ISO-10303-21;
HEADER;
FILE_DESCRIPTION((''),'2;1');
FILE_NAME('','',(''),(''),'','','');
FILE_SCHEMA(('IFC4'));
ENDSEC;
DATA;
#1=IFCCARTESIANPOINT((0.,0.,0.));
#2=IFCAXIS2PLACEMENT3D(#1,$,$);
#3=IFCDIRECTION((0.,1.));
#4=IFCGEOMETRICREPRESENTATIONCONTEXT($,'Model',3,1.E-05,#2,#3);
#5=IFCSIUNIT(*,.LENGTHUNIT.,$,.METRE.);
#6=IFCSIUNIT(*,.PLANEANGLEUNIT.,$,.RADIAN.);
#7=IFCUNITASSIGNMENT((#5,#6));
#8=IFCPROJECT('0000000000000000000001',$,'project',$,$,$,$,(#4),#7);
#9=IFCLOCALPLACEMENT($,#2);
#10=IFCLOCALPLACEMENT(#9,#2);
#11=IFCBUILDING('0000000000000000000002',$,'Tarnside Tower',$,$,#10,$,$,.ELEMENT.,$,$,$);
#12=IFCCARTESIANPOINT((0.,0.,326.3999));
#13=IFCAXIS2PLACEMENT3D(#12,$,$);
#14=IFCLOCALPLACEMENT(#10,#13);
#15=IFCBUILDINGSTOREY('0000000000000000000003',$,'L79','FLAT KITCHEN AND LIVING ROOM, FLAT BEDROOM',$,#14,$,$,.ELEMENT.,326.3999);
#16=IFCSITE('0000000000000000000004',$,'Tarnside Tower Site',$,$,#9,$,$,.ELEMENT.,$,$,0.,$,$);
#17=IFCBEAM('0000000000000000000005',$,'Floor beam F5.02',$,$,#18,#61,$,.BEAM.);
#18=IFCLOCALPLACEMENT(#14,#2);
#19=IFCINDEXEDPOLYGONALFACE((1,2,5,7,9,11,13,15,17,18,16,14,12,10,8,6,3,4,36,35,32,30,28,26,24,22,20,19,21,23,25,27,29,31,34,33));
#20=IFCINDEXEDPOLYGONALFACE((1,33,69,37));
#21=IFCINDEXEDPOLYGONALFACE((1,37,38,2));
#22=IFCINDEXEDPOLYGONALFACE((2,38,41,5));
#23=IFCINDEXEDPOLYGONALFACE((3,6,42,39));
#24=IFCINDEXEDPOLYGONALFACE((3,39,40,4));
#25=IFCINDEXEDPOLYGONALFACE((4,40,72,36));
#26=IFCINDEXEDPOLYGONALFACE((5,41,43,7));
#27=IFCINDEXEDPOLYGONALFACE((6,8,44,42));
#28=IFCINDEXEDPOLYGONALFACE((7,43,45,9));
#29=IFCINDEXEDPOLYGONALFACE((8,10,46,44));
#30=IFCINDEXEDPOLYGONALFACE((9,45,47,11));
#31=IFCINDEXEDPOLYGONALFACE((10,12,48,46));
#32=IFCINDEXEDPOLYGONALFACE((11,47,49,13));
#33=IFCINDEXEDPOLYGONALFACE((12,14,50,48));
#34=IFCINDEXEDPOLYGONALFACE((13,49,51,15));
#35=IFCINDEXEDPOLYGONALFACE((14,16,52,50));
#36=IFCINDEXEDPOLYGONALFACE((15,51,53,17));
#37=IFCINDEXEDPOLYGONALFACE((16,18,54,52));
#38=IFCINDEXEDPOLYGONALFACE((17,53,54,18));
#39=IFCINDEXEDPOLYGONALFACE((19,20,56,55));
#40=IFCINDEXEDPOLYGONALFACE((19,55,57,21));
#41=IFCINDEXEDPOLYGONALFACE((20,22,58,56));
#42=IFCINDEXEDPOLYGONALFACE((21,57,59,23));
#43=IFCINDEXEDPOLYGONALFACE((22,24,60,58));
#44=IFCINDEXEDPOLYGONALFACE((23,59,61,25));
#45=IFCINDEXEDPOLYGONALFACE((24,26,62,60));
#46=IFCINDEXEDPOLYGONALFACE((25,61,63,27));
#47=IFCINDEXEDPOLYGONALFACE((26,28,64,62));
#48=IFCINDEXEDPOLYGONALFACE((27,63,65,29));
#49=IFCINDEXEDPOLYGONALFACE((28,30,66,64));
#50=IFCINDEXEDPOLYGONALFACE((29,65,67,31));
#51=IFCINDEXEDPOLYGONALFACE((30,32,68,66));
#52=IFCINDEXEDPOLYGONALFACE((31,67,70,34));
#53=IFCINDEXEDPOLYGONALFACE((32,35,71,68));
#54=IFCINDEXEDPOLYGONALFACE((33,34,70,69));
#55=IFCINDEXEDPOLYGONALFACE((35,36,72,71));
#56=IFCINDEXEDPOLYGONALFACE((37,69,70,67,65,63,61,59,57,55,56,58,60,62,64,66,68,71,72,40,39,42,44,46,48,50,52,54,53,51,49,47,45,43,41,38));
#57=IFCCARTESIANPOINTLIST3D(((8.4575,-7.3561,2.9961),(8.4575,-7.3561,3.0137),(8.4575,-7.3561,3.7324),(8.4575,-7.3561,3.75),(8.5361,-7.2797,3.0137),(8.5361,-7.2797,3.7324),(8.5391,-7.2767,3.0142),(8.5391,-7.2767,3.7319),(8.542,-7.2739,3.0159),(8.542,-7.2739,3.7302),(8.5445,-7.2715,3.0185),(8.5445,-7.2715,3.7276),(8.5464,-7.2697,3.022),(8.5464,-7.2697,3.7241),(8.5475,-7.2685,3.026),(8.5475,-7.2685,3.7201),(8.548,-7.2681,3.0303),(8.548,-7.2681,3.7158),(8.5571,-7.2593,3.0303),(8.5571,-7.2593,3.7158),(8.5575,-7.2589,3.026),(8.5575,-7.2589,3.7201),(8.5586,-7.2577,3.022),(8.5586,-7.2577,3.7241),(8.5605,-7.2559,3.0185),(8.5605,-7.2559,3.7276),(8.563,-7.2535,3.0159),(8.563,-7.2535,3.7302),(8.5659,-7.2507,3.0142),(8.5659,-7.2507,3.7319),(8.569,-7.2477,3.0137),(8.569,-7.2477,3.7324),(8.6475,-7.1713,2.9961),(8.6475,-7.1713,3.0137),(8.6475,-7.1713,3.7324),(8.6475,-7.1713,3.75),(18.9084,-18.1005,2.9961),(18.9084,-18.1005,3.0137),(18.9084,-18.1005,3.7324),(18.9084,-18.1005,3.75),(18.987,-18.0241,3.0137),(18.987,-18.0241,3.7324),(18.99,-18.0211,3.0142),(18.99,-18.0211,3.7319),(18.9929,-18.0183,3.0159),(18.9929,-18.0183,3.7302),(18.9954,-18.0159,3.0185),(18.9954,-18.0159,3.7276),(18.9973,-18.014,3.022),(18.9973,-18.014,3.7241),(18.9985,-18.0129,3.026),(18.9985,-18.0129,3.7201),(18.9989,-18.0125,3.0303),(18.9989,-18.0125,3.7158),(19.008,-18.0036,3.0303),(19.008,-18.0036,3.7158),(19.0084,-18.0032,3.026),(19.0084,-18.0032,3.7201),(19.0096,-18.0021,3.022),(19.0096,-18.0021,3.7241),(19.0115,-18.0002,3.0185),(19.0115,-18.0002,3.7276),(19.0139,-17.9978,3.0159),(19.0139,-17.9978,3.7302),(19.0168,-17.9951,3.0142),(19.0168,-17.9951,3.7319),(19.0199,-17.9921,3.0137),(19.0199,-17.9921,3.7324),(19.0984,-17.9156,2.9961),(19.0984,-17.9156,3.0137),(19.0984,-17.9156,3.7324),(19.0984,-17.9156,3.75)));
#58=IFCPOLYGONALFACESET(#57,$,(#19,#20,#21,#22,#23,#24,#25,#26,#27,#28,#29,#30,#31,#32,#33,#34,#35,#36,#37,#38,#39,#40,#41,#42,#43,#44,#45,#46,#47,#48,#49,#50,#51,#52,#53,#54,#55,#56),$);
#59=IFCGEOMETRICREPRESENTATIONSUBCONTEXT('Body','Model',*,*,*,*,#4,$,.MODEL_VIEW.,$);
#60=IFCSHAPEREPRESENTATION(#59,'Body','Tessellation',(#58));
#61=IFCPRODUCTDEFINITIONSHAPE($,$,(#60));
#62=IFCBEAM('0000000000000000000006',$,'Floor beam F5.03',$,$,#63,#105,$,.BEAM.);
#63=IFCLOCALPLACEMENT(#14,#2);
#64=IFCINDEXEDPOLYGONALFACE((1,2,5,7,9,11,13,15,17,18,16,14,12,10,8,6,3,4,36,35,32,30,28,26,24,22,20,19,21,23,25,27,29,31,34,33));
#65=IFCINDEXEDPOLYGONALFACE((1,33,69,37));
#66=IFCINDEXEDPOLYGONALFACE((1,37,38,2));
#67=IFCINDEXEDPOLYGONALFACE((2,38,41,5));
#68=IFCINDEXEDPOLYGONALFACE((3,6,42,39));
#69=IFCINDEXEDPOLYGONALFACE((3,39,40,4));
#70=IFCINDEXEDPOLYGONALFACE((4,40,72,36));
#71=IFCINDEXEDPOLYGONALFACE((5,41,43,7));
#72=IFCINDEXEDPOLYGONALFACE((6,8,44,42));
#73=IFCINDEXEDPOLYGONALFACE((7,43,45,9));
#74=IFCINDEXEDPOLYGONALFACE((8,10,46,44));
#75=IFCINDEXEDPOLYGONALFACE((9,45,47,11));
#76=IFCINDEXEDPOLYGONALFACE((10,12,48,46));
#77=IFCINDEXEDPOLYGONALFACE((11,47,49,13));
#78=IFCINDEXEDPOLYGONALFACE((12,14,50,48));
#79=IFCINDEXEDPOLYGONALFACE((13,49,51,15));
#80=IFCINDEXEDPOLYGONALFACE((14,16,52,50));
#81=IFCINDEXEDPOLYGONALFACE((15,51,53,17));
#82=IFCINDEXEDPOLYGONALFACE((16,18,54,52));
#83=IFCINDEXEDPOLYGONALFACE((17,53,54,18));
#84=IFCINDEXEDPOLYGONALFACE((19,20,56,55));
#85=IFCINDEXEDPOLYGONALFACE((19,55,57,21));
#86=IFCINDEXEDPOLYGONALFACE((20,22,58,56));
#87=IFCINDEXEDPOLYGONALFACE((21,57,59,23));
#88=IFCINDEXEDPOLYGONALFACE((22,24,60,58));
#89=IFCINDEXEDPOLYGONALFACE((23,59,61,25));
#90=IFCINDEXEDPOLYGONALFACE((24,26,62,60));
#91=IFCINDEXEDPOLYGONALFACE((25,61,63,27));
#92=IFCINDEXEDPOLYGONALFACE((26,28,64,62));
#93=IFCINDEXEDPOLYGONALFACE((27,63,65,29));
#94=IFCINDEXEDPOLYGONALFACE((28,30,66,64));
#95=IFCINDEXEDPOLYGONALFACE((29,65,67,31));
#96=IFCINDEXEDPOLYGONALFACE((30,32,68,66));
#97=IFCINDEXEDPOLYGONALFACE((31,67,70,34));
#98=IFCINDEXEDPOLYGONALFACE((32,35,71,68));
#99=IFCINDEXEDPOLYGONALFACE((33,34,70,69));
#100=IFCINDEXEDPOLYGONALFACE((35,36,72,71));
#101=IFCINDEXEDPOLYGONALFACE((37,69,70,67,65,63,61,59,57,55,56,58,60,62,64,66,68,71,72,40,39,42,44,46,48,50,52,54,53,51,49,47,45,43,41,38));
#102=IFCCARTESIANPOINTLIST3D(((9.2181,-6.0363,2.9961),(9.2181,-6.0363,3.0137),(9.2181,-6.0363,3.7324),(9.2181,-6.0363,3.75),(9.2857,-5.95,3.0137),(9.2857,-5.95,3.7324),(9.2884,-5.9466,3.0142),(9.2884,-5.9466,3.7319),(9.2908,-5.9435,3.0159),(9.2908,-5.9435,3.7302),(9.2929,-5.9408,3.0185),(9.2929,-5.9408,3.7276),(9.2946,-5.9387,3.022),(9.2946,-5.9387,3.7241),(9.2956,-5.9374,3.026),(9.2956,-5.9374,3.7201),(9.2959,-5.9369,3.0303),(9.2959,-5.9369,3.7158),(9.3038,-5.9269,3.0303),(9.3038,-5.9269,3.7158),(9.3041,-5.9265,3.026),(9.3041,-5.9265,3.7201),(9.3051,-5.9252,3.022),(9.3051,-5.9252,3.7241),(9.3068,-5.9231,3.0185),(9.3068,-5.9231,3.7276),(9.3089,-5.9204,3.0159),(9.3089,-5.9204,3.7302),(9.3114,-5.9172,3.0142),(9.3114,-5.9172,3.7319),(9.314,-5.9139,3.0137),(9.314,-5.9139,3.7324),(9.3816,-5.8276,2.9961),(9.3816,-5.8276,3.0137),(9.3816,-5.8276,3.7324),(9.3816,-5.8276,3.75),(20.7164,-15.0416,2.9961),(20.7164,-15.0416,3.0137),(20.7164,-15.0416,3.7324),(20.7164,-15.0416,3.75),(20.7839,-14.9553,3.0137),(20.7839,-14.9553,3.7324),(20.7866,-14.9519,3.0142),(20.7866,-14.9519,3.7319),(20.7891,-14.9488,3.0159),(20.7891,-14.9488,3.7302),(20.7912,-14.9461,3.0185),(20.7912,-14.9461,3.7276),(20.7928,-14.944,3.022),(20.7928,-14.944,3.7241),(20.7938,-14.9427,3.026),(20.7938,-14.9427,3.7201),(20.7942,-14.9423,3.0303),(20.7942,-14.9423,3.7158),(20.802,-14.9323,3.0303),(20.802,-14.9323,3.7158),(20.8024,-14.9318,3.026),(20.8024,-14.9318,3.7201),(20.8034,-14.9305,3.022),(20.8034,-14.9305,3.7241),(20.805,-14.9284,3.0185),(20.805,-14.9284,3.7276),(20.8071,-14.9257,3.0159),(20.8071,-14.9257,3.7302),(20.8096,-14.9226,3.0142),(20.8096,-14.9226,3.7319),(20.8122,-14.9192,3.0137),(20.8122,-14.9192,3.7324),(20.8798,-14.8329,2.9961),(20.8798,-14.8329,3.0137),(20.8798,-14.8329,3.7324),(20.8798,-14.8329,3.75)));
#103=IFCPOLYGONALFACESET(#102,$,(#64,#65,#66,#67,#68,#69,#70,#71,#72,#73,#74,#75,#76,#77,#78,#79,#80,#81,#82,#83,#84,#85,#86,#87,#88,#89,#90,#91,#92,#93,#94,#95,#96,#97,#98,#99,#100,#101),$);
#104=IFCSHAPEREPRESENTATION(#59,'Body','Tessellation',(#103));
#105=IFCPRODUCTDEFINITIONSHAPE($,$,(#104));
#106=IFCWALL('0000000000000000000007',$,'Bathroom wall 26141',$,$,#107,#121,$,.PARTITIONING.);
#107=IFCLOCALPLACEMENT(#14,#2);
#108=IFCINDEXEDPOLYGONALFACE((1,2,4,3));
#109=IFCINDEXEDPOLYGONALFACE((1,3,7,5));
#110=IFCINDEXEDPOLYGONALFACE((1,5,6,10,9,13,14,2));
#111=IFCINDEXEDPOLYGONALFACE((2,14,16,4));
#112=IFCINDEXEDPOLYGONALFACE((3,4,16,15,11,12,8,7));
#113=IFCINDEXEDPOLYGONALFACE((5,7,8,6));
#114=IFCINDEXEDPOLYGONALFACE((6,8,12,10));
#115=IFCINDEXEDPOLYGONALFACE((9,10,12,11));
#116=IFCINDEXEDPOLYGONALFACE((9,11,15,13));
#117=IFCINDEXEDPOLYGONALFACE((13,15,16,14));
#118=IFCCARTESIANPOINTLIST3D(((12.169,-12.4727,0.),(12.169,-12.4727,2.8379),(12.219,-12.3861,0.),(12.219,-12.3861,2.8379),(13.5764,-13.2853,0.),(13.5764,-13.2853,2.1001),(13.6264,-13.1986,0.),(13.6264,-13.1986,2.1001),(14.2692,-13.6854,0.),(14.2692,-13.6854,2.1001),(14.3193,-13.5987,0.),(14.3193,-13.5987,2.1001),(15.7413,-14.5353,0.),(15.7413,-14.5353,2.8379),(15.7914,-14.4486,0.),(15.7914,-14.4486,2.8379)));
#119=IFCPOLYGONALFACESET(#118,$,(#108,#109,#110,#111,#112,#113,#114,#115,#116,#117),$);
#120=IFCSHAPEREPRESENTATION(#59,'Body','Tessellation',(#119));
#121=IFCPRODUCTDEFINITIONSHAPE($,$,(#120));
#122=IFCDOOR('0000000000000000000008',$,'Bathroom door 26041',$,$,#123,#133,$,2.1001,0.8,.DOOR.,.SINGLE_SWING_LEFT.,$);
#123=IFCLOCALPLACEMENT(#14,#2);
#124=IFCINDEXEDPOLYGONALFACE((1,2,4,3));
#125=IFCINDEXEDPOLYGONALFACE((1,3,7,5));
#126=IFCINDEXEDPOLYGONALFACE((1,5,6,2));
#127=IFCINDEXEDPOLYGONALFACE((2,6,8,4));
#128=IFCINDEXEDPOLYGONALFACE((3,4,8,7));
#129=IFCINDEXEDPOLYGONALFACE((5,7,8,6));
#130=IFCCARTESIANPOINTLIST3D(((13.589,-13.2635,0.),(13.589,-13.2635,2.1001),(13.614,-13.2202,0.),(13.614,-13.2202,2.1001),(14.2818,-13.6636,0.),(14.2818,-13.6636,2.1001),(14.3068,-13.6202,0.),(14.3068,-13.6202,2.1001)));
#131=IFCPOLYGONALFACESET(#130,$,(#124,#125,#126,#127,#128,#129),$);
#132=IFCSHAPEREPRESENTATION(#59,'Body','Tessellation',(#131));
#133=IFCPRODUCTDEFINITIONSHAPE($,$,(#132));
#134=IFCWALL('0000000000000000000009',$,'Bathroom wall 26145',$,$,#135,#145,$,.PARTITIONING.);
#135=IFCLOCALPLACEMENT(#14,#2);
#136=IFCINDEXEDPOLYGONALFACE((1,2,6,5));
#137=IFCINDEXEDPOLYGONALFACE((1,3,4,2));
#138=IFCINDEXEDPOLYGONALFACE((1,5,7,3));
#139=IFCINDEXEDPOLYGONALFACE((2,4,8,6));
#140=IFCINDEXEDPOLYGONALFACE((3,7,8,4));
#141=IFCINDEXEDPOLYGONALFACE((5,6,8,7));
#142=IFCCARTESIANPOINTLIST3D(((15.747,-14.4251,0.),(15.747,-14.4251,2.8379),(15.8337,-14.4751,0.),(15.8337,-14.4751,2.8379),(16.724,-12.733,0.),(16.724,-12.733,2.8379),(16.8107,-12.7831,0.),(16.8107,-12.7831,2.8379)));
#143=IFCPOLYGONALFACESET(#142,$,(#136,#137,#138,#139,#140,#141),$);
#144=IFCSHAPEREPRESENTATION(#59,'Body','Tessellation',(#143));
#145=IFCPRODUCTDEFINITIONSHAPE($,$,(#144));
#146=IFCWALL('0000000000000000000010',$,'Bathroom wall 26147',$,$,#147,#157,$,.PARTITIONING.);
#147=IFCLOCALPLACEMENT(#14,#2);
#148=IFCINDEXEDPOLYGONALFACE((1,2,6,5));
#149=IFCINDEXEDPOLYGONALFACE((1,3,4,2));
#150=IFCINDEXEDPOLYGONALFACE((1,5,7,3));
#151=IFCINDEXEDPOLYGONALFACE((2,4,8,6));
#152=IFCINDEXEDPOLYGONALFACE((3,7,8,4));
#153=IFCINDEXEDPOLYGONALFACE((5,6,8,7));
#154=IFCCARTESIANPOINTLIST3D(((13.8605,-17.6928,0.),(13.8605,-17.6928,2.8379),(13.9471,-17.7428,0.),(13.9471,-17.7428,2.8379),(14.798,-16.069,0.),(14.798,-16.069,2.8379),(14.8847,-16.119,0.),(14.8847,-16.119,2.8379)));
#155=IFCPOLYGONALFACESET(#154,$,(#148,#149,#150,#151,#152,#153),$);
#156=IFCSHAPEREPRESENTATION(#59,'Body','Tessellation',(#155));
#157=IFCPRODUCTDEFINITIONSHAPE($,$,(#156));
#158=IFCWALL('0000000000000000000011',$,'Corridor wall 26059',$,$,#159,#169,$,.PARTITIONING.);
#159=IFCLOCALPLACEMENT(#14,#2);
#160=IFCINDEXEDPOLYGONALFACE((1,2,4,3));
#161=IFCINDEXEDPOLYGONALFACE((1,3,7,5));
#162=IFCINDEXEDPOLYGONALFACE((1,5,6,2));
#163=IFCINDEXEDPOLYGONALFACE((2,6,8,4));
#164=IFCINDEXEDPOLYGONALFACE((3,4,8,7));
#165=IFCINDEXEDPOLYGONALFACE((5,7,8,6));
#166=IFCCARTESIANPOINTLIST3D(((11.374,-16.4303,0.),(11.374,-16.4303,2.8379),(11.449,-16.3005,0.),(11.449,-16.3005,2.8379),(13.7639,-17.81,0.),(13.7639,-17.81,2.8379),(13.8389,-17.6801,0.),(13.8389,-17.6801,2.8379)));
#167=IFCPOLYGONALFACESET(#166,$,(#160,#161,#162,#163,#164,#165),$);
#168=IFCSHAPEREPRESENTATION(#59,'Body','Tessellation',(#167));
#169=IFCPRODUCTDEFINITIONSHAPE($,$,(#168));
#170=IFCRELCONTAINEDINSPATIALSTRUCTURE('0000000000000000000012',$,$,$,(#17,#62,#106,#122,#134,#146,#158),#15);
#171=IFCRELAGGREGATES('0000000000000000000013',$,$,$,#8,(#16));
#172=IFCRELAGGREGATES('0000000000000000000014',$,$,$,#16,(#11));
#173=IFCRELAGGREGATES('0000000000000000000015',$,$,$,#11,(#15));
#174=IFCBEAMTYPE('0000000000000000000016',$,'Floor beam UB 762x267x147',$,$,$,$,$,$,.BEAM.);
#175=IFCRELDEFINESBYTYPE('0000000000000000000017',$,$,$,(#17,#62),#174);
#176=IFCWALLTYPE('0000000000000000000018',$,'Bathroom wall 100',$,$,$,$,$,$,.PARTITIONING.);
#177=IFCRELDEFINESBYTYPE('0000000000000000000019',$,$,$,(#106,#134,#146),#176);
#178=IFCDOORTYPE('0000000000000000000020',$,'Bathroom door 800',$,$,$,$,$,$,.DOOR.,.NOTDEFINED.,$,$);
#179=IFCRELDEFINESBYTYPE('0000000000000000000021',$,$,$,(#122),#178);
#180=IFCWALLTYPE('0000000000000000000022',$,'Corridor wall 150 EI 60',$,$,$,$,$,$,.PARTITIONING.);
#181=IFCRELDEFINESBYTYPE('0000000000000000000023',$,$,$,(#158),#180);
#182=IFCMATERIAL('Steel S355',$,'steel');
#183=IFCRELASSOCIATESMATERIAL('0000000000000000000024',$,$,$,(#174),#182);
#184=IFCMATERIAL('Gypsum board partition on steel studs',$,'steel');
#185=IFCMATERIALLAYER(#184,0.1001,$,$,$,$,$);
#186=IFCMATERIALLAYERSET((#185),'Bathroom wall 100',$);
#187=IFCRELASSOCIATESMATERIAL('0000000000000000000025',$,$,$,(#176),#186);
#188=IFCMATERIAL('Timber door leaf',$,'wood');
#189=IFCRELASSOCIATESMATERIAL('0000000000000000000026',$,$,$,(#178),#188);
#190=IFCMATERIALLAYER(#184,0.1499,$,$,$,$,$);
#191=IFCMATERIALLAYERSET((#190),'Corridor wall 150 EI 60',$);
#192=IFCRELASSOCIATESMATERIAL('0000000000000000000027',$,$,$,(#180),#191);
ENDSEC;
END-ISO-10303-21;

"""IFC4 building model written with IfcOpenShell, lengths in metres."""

from ifc_helpers import new_model, si_unit, direction, frame, frame_2d, origin, origin_2d, place, context, subcontext, project, spatial, rectangle, i_section, extrude, material, layer, layer_set, material_profile, profile_set, type_object, element, fill, save


model = new_model("IFC4")

# Units and contexts
model_context = context("Model", 3, precision=1e-05, world=origin(), true_north=direction((0.0, 1.0)))
body_context = subcontext(model_context, "Body", "Model", "MODEL_VIEW")
ifc_project = project(units=[si_unit("LENGTHUNIT", "METRE"), si_unit("PLANEANGLEUNIT", "RADIAN")], contexts=[model_context])

# Site, building, storey
site_placement = place(None, origin())
site = spatial("IfcSite", under=ifc_project, at=site_placement, Name="Tarnside Tower Site", CompositionType="ELEMENT", RefElevation=0.0)
building_placement = place(site_placement, origin())
building = spatial("IfcBuilding", under=site, at=building_placement, Name="Tarnside Tower", CompositionType="ELEMENT")
storey_placement = place(building_placement, frame((0.0, 0.0, 326.3999)))
storey = spatial("IfcBuildingStorey", under=building, at=storey_placement, Name="L79", Description="FLAT KITCHEN AND LIVING ROOM, FLAT BEDROOM", CompositionType="ELEMENT", Elevation=326.3999)

# Beams
ifc_material_1 = material(Name="Steel S355", Category="steel")
ifc_material_profile = material_profile(ifc_material_1, i_section(OverallWidth=0.2651, OverallDepth=0.7539, WebThickness=0.0127, FlangeThickness=0.0176, FilletRadius=0.0166, at=origin_2d()), Name="UB 762x267x147")
ifc_profile_set = profile_set([ifc_material_profile], Name="Steel S355")
beam_type = type_object("IfcBeamType", Name="Floor beam UB 762x267x147", PredefinedType="BEAM", material=ifc_profile_set)
beam_1_placement = place(storey_placement, frame((19.0034, -18.0081, 3.373), z_axis=(-0.69725, 0.716828, 0.0), x_axis=(-0.716828, -0.69725, 0.0)))
element("IfcBeam", 1, at=beam_1_placement, inside=storey, type_object=beam_type, Name="Floor beam F5.02", PredefinedType="BEAM", context=body_context, shape_type="SweptSolid", body=[
    extrude(i_section(OverallWidth=0.2651, OverallDepth=0.7539, WebThickness=0.0127, FlangeThickness=0.0176, FilletRadius=0.0166, at=origin_2d()), origin(), (0.0, 0.0, 1.0), 14.9888),
])
beam_2_placement = place(storey_placement, frame((20.7981, -14.9373, 3.373), z_axis=(-0.787282, 0.616593, 0.0), x_axis=(-0.616593, -0.787282, 0.0)))
element("IfcBeam", 2, at=beam_2_placement, inside=storey, type_object=beam_type, Name="Floor beam F5.03", PredefinedType="BEAM", context=body_context, shape_type="SweptSolid", body=[
    extrude(i_section(OverallWidth=0.2651, OverallDepth=0.7539, WebThickness=0.0127, FlangeThickness=0.0176, FilletRadius=0.0166, at=origin_2d()), origin(), (0.0, 0.0, 1.0), 14.605),
])

# Wall, opening, door
ifc_material_2 = material(Name="Gypsum board partition on steel studs", Category="steel")
ifc_layer_1 = layer(ifc_material_2, 0.1001)
ifc_layer_set_1 = layer_set([ifc_layer_1], Name="Bathroom wall 100")
wall_type_1 = type_object("IfcWallType", Name="Bathroom wall 100", PredefinedType="PARTITIONING", material=ifc_layer_set_1)
wall_1_placement = place(storey_placement, frame((15.7664, -14.4919, 0.0), z_axis=(0.0, 0.0, 1.0), x_axis=(-0.86602, 0.500009, 0.0)))
wall_1 = element("IfcWall", 3, at=wall_1_placement, inside=storey, type_object=wall_type_1, Name="Bathroom wall 26141", PredefinedType="PARTITIONING", context=body_context, shape_type="SweptSolid", body=[
    extrude(rectangle(XDim=4.125, YDim=0.1001, at=frame_2d((2.0625, 0.0))), origin(), (0.0, 0.0, 1.0), 2.8379),
])
opening_1_placement = place(wall_1_placement, frame((1.7, 0.0, 0.0)))
opening_1 = element("IfcOpeningElement", 4, at=opening_1_placement, cuts=wall_1, PredefinedType="OPENING", context=body_context, shape_type="SweptSolid", body=[
    extrude(rectangle(XDim=0.8, YDim=2.1001, at=frame_2d((0.3999, 1.05))), frame((0.0, 0.0601, 0.0), z_axis=(0.0, -1.0, 0.0), x_axis=(1.0, 0.0, 0.0)), (0.0, 0.0, 1.0), 0.1201),
])
ifc_material_3 = material(Name="Timber door leaf", Category="wood")
door_type_1 = type_object("IfcDoorType", Name="Bathroom door 800", OperationType="NOTDEFINED", PredefinedType="DOOR", material=ifc_material_3)
door_1_placement = place(opening_1_placement, origin())
door_1 = element("IfcDoor", 5, at=door_1_placement, inside=storey, type_object=door_type_1, Name="Bathroom door 26041", OperationType="SINGLE_SWING_LEFT", OverallHeight=2.1001, OverallWidth=0.8, PredefinedType="DOOR", context=body_context, shape_type="SweptSolid", body=[
    extrude(rectangle(XDim=0.8, YDim=2.1001, at=frame_2d((0.3999, 1.05))), frame((0.0, 0.0249, 0.0), z_axis=(0.0, -1.0, 0.0), x_axis=(1.0, 0.0, 0.0)), (0.0, 0.0, 1.0), 0.05),
])
fill(opening_1, door_1)

# Walls
wall_2_placement = place(storey_placement, frame((15.7903, -14.4502, 0.0), z_axis=(0.0, 0.0, 1.0), x_axis=(0.500036, 0.866005, 0.0)))
element("IfcWall", 6, at=wall_2_placement, inside=storey, type_object=wall_type_1, Name="Bathroom wall 26145", PredefinedType="PARTITIONING", context=body_context, shape_type="SweptSolid", body=[
    extrude(rectangle(XDim=1.9539, YDim=0.1001, at=frame_2d((0.9771, 0.0))), origin(), (0.0, 0.0, 1.0), 2.8379),
])
wall_3_placement = place(storey_placement, frame((14.8413, -16.094, 0.0), z_axis=(0.0, 0.0, 1.0), x_axis=(-0.500004, -0.866023, 0.0)))
element("IfcWall", 7, at=wall_3_placement, inside=storey, type_object=wall_type_1, Name="Bathroom wall 26147", PredefinedType="PARTITIONING", context=body_context, shape_type="SweptSolid", body=[
    extrude(rectangle(XDim=1.875, YDim=0.1001, at=frame_2d((0.9375, 0.0))), origin(), (0.0, 0.0, 1.0), 2.8379),
])
ifc_layer_2 = layer(ifc_material_2, 0.1499)
ifc_layer_set_2 = layer_set([ifc_layer_2], Name="Corridor wall 150 EI 60")
wall_type_2 = type_object("IfcWallType", Name="Corridor wall 150 EI 60", PredefinedType="PARTITIONING", material=ifc_layer_set_2)
wall_4_placement = place(storey_placement, frame((13.8015, -17.7451, 0.0), z_axis=(0.0, 0.0, 1.0), x_axis=(-0.866052, 0.499955, 0.0)))
element("IfcWall", 8, at=wall_4_placement, inside=storey, type_object=wall_type_2, Name="Corridor wall 26059", PredefinedType="PARTITIONING", context=body_context, shape_type="SweptSolid", body=[
    extrude(rectangle(XDim=2.7595, YDim=0.1499, at=frame_2d((1.3799, 0.0))), origin(), (0.0, 0.0, 1.0), 2.8379),
])

save(model, "model.ifc")
